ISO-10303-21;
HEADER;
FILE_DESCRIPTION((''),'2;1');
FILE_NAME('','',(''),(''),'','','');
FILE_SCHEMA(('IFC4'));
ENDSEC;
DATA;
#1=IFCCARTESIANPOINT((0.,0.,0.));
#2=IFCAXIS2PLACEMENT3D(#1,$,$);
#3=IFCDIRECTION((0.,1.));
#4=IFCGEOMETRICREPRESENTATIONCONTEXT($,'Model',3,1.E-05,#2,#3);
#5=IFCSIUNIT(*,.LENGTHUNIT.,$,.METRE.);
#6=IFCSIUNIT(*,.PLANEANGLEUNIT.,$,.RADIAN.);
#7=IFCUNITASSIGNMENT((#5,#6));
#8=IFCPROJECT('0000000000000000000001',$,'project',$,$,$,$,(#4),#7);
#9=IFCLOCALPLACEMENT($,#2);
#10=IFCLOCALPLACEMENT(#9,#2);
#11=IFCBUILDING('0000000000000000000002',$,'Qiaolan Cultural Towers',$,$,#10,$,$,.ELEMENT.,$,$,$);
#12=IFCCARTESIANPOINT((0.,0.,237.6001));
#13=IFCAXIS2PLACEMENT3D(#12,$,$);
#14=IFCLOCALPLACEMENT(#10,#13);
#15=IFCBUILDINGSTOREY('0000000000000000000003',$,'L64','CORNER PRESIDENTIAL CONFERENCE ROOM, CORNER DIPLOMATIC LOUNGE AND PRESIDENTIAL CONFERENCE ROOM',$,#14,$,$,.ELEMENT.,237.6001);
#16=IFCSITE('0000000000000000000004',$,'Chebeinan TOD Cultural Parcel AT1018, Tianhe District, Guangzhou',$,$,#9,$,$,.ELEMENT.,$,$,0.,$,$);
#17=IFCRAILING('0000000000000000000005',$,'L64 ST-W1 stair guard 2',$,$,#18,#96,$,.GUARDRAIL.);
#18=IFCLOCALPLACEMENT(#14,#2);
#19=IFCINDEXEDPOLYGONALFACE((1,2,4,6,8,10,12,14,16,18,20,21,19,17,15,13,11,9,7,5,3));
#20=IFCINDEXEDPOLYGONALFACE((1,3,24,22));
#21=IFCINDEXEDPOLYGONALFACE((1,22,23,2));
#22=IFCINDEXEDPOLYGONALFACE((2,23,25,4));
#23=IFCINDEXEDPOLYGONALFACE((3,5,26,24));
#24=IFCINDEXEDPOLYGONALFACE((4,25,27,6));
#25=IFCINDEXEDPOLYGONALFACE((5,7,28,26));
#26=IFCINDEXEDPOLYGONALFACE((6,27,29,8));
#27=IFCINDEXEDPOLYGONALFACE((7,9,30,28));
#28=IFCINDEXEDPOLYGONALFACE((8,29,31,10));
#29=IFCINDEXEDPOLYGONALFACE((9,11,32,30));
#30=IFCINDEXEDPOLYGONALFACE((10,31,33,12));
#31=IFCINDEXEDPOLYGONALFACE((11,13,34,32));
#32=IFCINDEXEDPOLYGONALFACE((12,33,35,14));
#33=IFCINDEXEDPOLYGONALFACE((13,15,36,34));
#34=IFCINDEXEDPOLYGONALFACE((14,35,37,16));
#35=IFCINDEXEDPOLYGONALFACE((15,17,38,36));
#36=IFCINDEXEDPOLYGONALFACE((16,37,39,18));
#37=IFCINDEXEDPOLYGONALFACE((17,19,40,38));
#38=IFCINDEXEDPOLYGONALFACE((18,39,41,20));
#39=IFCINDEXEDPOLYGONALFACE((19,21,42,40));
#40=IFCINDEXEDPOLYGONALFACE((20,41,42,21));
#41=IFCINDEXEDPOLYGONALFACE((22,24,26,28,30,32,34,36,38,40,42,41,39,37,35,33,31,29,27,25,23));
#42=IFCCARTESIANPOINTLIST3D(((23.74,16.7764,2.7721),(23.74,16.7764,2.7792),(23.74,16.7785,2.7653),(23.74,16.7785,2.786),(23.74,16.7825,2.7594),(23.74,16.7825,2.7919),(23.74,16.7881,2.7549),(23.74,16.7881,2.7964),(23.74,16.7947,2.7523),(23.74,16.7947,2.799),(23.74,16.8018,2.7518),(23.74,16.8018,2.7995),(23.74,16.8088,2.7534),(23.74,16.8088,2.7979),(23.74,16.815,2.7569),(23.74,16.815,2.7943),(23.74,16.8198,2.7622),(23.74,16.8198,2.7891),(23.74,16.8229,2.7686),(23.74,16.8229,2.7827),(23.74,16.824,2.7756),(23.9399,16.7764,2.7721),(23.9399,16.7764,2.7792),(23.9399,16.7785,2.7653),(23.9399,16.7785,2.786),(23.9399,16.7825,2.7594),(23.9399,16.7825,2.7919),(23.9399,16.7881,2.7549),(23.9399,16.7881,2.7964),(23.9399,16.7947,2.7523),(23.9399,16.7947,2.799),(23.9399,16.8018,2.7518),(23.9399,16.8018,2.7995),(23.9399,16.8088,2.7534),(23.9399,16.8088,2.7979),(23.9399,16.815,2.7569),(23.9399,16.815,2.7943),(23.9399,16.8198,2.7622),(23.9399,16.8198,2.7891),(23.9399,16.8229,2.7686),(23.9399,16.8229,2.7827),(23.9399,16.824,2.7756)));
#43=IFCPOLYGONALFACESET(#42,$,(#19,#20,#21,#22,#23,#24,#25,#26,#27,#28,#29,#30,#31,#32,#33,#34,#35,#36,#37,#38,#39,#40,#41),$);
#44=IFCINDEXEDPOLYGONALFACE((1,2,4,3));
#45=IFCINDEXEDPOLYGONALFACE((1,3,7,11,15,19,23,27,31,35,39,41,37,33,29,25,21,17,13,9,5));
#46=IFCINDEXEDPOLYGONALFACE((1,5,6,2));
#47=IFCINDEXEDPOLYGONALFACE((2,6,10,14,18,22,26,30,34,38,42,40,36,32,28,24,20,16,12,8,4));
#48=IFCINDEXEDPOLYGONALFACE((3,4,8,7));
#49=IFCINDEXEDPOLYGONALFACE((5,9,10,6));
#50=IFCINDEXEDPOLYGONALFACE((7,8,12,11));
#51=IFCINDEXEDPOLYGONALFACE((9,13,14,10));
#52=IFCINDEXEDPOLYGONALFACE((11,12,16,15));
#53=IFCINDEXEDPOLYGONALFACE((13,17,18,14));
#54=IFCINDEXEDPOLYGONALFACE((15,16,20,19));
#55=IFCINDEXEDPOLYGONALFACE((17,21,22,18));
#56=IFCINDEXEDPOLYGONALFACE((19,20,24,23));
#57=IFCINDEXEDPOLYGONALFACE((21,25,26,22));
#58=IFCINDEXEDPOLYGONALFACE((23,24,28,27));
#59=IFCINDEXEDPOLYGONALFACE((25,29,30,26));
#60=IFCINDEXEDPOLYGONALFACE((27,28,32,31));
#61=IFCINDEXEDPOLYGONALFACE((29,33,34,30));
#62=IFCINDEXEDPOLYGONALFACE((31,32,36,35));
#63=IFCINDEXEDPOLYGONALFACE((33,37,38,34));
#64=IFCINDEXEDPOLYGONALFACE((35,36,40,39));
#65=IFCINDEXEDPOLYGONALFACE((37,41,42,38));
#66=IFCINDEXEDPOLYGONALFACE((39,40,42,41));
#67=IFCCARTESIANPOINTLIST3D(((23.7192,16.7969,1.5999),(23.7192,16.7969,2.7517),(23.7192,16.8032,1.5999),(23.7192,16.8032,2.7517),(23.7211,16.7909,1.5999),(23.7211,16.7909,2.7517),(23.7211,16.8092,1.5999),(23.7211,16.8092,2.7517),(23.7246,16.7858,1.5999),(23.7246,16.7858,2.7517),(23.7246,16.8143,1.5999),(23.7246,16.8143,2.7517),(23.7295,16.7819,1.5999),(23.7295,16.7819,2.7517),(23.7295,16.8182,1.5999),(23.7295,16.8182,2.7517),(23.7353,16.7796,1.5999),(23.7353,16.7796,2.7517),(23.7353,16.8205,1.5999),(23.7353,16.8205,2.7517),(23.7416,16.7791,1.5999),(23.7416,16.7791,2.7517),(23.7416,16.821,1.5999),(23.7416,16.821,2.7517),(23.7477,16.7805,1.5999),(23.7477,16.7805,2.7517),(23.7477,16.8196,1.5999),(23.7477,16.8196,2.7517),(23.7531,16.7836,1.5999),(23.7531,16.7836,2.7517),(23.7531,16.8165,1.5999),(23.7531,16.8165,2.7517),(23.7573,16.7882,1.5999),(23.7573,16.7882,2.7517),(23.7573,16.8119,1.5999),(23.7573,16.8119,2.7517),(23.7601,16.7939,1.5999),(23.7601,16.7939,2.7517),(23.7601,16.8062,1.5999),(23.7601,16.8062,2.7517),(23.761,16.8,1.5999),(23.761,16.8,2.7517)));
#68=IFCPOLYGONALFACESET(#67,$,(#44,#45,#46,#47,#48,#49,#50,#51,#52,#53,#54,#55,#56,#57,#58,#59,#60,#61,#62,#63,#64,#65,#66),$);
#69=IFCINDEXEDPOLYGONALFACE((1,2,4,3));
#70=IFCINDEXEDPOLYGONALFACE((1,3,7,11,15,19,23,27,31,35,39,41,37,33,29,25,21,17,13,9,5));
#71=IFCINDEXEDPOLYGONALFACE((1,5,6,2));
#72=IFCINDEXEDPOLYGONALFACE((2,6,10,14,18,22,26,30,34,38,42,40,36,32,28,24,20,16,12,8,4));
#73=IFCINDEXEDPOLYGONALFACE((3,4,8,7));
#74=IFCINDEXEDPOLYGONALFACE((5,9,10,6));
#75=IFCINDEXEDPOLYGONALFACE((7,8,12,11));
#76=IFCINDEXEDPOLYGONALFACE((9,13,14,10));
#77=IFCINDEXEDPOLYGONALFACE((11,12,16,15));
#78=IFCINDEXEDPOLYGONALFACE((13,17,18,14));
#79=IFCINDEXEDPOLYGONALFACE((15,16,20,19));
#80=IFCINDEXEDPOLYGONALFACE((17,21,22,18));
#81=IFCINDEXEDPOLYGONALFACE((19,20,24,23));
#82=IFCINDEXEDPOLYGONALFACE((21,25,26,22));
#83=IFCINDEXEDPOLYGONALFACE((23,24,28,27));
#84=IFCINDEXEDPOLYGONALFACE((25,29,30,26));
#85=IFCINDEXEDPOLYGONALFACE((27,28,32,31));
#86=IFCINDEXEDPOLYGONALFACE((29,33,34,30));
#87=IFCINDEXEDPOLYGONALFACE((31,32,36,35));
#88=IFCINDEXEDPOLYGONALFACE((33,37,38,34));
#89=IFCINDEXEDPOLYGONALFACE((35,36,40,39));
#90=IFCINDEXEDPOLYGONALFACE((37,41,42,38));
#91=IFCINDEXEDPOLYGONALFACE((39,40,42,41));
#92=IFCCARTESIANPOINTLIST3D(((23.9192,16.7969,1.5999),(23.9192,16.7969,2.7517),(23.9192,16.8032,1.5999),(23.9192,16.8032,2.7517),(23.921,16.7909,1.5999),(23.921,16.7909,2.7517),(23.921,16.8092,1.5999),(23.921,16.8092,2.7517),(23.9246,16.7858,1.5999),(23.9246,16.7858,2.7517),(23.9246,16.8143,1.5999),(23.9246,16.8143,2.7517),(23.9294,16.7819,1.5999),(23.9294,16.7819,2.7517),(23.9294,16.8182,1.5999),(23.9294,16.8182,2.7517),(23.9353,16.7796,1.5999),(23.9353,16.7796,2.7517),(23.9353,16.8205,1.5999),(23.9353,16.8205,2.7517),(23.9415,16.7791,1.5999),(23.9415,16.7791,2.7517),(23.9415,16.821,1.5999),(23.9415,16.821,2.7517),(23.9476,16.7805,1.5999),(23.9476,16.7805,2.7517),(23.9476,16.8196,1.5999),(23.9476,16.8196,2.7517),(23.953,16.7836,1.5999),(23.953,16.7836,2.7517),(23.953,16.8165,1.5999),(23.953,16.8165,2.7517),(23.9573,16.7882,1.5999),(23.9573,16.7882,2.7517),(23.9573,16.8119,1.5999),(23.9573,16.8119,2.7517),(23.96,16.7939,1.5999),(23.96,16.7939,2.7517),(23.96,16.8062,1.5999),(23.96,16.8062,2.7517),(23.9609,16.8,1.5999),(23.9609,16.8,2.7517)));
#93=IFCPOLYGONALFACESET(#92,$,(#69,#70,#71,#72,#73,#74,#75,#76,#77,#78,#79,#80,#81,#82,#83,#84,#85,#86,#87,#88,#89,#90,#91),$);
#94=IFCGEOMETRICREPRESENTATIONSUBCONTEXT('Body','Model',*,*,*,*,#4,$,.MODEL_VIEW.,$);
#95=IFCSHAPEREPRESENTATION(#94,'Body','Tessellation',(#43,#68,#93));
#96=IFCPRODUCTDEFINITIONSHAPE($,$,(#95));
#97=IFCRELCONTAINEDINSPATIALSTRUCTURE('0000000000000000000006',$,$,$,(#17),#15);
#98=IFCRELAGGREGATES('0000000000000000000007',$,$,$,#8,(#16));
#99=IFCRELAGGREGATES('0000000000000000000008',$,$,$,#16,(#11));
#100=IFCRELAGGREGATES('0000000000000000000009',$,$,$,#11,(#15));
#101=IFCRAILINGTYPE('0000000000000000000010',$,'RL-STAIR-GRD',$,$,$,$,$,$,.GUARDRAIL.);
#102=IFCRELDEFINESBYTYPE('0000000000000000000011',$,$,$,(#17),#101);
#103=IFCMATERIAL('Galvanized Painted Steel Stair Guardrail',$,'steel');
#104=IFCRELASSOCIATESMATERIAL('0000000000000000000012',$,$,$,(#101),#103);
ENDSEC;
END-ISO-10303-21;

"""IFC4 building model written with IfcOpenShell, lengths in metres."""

from ifc_helpers import new_model, si_unit, direction, frame, origin, origin_2d, place, context, subcontext, project, spatial, circle, extrude, material, type_object, element, save


model = new_model("IFC4")

# Units and contexts
model_context = context("Model", 3, precision=1e-05, world=origin(), true_north=direction((0.0, 1.0)))
body_context = subcontext(model_context, "Body", "Model", "MODEL_VIEW")
ifc_project = project(units=[si_unit("LENGTHUNIT", "METRE"), si_unit("PLANEANGLEUNIT", "RADIAN")], contexts=[model_context])

# Site, building, storey
site_placement = place(None, origin())
site = spatial("IfcSite", under=ifc_project, at=site_placement, Name="Chebeinan TOD Cultural Parcel AT1018, Tianhe District, Guangzhou", CompositionType="ELEMENT", RefElevation=0.0)
building_placement = place(site_placement, origin())
building = spatial("IfcBuilding", under=site, at=building_placement, Name="Qiaolan Cultural Towers", CompositionType="ELEMENT")
storey_placement = place(building_placement, frame((0.0, 0.0, 237.6001)))
storey = spatial("IfcBuildingStorey", under=building, at=storey_placement, Name="L64", Description="CORNER PRESIDENTIAL CONFERENCE ROOM, CORNER DIPLOMATIC LOUNGE AND PRESIDENTIAL CONFERENCE ROOM", CompositionType="ELEMENT", Elevation=237.6001)

# Railing
ifc_material_1 = material(Name="Galvanized Painted Steel Stair Guardrail", Category="steel")
railing_type_1 = type_object("IfcRailingType", Name="RL-STAIR-GRD", PredefinedType="GUARDRAIL", material=ifc_material_1)
railing_1_placement = place(storey_placement, frame((23.74, 16.8, 1.5999)))
element("IfcRailing", 1, at=railing_1_placement, inside=storey, type_object=railing_type_1, Name="L64 ST-W1 stair guard 2", PredefinedType="GUARDRAIL", context=body_context, shape_type="SweptSolid", body=[
    extrude(circle(Radius=0.0239, at=origin_2d()), frame((0.0, 0.0, 1.1758), z_axis=(1.0, 0.0, 0.0), x_axis=(0.0, 1.0, 0.0)), (0.0, 0.0, 1.0), 0.2),
    extrude(circle(Radius=0.021, at=origin_2d()), origin(), (0.0, 0.0, 1.0), 1.1519),
    extrude(circle(Radius=0.021, at=origin_2d()), frame((0.2, 0.0, 0.0)), (0.0, 0.0, 1.0), 1.1519),
])

save(model, "model.ifc")
